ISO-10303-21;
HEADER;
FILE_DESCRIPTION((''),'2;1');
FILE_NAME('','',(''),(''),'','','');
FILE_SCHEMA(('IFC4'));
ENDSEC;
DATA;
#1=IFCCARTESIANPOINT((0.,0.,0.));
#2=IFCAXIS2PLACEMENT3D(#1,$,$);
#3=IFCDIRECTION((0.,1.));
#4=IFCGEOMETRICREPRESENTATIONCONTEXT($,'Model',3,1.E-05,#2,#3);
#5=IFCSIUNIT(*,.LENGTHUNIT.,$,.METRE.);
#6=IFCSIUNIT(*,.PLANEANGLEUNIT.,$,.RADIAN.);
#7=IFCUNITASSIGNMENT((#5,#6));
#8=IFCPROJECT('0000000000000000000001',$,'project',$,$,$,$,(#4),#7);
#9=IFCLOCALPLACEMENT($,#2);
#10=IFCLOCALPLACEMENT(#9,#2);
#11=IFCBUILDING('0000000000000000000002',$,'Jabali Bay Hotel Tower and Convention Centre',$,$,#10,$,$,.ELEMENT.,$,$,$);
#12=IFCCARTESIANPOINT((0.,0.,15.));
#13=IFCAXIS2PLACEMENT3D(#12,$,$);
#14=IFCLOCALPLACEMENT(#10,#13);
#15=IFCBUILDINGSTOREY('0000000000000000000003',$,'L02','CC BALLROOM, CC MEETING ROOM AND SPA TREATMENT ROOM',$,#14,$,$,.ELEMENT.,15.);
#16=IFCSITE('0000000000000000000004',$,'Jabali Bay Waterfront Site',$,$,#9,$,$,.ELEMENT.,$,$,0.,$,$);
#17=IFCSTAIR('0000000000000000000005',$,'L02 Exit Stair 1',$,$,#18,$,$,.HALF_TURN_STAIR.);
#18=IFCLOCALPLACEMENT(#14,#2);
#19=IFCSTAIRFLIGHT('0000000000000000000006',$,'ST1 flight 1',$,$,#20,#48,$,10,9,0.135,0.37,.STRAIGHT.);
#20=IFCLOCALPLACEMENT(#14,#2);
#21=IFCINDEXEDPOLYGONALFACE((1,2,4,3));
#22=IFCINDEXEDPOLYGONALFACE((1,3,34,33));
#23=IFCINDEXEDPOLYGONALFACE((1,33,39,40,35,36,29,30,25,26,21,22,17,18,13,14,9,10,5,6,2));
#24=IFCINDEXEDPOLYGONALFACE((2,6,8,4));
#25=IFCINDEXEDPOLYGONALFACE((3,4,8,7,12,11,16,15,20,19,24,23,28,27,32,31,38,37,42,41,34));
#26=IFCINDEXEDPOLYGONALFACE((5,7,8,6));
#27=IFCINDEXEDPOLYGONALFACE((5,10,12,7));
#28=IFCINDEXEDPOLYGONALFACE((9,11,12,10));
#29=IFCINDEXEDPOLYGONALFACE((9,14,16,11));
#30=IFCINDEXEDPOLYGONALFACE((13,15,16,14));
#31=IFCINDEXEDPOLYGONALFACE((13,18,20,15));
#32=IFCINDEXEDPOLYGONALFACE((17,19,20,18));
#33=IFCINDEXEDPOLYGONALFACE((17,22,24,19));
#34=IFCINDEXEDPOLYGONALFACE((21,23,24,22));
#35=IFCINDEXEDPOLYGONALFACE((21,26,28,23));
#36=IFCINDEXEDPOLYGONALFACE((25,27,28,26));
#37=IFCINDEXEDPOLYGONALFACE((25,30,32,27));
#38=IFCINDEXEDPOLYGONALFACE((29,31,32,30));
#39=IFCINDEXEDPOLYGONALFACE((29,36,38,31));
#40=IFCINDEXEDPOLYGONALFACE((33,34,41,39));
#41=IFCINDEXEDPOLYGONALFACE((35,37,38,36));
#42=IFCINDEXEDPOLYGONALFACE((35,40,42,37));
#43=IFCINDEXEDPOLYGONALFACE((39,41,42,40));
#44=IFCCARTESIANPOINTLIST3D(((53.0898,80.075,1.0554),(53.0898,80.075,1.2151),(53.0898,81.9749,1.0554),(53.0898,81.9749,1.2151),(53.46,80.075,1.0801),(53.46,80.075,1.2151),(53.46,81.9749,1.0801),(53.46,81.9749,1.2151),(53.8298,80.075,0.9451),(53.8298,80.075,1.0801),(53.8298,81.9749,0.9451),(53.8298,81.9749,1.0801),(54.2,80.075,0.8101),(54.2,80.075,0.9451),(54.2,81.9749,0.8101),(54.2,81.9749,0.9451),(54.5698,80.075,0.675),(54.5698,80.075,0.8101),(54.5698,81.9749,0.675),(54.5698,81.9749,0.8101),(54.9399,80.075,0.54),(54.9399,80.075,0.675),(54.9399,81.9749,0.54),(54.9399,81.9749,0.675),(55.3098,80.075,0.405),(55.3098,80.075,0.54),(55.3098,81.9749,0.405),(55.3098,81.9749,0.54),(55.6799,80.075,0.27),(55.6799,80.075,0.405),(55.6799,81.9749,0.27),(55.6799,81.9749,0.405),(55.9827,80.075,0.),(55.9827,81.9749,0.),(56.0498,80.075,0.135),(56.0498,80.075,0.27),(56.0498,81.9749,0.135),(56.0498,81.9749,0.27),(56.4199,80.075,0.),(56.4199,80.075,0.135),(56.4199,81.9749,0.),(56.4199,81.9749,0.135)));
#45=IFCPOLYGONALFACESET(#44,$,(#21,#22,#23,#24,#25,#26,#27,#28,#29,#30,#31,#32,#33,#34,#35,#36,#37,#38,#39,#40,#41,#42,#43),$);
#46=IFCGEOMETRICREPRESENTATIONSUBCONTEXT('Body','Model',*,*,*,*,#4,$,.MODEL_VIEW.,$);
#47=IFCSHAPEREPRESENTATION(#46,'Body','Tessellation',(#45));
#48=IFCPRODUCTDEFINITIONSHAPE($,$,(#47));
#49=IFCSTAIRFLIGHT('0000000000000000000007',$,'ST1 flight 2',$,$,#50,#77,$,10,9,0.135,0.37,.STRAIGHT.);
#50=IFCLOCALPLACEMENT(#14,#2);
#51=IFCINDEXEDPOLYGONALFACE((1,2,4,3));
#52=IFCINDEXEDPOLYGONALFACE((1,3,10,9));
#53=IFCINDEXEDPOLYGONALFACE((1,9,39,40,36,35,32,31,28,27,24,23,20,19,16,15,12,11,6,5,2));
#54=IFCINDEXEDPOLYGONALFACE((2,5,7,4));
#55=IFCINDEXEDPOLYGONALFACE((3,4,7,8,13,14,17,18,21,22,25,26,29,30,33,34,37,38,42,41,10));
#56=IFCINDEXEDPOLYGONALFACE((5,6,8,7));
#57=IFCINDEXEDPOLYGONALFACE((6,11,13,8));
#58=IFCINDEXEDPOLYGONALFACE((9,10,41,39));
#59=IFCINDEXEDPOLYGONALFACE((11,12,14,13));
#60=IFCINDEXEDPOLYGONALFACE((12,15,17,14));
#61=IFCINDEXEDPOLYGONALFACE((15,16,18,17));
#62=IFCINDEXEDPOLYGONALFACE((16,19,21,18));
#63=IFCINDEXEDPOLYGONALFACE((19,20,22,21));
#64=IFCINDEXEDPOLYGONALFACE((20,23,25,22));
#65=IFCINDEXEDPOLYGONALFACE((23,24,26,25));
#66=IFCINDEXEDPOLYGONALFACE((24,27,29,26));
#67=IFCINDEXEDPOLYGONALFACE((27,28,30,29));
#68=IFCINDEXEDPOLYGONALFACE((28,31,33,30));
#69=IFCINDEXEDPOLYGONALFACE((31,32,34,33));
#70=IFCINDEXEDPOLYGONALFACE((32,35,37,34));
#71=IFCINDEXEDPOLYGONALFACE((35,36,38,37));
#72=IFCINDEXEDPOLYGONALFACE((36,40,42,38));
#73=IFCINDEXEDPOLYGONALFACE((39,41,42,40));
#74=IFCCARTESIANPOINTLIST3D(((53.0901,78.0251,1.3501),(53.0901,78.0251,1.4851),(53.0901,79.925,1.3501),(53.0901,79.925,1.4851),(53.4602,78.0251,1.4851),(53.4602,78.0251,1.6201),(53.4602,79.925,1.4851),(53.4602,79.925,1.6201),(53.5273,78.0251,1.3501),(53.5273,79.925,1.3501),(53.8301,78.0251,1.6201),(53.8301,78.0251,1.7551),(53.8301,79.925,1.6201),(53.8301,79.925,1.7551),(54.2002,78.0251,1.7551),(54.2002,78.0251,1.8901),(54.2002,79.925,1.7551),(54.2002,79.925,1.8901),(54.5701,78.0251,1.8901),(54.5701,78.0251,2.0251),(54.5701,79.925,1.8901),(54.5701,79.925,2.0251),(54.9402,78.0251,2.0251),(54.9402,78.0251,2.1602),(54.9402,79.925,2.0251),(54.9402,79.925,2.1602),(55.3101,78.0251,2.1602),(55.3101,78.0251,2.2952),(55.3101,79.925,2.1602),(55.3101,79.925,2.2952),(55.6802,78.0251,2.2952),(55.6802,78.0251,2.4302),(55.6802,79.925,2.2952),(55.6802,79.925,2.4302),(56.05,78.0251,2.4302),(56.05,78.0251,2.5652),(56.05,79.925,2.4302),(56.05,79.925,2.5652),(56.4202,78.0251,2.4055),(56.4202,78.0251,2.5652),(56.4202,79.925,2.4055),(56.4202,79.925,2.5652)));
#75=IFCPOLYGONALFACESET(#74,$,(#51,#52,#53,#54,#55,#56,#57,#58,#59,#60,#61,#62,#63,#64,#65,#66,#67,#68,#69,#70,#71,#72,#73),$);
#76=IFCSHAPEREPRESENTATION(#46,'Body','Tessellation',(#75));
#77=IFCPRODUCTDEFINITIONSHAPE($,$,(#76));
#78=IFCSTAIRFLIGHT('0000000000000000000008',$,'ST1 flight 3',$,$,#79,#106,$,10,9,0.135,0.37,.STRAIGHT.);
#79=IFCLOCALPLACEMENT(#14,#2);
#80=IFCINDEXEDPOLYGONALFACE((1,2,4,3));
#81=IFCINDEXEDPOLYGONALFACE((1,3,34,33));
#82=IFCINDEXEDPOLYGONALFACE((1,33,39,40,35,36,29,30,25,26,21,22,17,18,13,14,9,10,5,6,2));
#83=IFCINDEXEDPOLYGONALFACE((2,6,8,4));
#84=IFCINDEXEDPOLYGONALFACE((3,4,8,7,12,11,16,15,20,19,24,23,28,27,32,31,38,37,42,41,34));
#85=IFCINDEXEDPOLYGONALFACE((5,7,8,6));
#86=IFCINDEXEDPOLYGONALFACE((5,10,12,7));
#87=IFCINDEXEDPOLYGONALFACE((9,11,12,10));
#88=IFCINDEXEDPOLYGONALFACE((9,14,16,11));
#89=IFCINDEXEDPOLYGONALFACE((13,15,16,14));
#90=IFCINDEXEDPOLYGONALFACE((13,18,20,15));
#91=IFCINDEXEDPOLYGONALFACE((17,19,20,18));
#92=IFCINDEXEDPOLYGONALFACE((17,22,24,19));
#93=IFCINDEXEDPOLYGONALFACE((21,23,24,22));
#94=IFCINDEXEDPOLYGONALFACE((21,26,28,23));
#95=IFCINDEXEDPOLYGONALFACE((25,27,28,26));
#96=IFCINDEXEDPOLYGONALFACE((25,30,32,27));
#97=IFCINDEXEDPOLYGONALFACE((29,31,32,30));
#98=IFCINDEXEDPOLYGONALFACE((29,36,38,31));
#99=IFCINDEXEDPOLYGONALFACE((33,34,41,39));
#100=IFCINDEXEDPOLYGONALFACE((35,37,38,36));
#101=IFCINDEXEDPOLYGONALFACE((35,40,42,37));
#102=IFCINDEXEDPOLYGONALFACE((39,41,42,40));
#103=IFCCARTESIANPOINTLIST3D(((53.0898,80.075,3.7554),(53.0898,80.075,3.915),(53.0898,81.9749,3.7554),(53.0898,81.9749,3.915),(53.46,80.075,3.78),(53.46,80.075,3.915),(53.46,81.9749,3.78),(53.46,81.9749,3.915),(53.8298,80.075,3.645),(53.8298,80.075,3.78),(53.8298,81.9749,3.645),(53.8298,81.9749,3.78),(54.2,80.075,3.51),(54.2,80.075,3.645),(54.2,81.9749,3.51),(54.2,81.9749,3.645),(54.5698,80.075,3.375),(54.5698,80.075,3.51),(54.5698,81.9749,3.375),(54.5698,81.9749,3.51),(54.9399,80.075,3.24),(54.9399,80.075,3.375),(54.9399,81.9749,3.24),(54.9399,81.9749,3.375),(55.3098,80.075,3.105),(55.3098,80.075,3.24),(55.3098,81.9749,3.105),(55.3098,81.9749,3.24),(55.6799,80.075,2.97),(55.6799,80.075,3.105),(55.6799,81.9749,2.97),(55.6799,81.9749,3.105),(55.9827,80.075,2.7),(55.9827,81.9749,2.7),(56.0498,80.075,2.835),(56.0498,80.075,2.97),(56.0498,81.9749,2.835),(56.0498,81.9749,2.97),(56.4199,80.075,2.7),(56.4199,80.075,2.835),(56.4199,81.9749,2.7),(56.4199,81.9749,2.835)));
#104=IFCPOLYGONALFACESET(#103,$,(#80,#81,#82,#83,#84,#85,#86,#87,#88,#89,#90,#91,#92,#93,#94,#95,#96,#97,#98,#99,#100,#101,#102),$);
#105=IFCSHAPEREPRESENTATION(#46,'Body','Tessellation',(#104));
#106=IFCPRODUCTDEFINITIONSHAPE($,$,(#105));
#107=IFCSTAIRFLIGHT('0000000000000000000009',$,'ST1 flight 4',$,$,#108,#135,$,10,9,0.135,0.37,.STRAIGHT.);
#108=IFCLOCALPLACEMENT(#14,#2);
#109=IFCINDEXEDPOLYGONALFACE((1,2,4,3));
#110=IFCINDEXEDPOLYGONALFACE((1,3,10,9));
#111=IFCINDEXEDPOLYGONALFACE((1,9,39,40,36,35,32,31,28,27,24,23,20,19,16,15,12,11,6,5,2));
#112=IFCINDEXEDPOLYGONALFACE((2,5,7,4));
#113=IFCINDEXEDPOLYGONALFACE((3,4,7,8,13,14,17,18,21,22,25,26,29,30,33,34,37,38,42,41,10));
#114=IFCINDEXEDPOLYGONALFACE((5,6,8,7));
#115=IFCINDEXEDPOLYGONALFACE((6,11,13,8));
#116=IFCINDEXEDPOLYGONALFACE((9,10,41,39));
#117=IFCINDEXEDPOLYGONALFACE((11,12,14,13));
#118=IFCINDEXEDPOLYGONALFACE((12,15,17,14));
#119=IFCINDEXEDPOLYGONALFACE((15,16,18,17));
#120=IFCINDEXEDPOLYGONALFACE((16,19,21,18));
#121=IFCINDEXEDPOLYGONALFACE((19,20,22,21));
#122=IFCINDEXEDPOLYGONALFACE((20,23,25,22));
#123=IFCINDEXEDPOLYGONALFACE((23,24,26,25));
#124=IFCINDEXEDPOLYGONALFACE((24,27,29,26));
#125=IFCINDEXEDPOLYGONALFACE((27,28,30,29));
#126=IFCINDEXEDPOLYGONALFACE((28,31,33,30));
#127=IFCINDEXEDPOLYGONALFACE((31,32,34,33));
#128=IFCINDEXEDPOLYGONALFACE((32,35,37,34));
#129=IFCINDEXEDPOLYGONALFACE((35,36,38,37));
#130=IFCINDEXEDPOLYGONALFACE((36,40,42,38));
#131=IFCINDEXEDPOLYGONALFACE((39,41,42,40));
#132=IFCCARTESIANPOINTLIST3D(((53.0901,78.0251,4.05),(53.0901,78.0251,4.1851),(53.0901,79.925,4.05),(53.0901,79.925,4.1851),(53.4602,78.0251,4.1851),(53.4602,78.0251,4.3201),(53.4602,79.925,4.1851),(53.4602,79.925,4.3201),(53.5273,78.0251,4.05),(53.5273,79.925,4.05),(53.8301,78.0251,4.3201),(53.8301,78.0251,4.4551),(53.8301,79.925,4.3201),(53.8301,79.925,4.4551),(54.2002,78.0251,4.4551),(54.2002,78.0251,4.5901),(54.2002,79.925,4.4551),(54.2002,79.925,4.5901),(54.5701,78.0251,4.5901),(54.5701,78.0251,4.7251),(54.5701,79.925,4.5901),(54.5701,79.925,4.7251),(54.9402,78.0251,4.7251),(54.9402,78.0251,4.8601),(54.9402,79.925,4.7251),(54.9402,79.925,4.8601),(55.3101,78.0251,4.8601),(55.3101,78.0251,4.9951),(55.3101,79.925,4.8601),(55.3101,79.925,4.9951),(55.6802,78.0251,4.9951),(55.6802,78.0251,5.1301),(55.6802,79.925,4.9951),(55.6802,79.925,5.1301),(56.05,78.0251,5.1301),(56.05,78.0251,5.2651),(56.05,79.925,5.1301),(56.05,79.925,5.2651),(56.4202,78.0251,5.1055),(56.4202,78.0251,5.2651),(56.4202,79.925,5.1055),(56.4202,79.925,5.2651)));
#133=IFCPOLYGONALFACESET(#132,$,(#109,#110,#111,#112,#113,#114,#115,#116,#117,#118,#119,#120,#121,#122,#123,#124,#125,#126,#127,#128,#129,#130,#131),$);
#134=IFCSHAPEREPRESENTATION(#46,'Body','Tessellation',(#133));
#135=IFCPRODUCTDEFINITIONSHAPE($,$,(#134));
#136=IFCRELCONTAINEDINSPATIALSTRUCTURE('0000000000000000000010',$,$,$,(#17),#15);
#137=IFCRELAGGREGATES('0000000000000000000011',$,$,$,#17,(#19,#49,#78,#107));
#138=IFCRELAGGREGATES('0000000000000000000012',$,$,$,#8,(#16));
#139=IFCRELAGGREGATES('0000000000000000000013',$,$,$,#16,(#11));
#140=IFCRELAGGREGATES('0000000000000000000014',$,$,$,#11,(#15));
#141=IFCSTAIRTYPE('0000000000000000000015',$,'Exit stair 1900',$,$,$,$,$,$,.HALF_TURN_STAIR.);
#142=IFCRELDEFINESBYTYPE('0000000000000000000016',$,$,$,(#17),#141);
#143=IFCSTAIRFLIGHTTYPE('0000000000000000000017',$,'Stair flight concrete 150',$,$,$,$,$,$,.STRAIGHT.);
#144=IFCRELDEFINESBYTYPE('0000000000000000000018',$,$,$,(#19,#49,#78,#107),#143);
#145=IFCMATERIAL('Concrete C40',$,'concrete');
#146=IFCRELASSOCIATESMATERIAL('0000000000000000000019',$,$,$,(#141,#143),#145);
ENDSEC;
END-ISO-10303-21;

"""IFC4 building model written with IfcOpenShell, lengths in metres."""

from ifc_helpers import new_model, si_unit, direction, frame, origin, place, context, subcontext, project, spatial, polyline, outline, extrude, material, type_object, element, aggregate, save


model = new_model("IFC4")

# Units and contexts
model_context = context("Model", 3, precision=1e-05, world=origin(), true_north=direction((0.0, 1.0)))
body_context = subcontext(model_context, "Body", "Model", "MODEL_VIEW")
ifc_project = project(units=[si_unit("LENGTHUNIT", "METRE"), si_unit("PLANEANGLEUNIT", "RADIAN")], contexts=[model_context])

# Site, building, storey
site_placement = place(None, origin())
site = spatial("IfcSite", under=ifc_project, at=site_placement, Name="Jabali Bay Waterfront Site", CompositionType="ELEMENT", RefElevation=0.0)
building_placement = place(site_placement, origin())
building = spatial("IfcBuilding", under=site, at=building_placement, Name="Jabali Bay Hotel Tower and Convention Centre", CompositionType="ELEMENT")
storey_placement = place(building_placement, frame((0.0, 0.0, 15.0)))
storey = spatial("IfcBuildingStorey", under=building, at=storey_placement, Name="L02", Description="CC BALLROOM, CC MEETING ROOM AND SPA TREATMENT ROOM", CompositionType="ELEMENT", Elevation=15.0)

# Shared definitions
ifc_material_1 = material(Name="Concrete C40", Category="concrete")

# Stair, stair flights
stair_type = type_object("IfcStairType", Name="Exit stair 1900", PredefinedType="HALF_TURN_STAIR", material=ifc_material_1)
stair_placement = place(storey_placement, origin())
stair = element("IfcStair", 1, at=stair_placement, inside=storey, type_object=stair_type, Name="L02 Exit Stair 1", PredefinedType="HALF_TURN_STAIR")
stair_flight_type = type_object("IfcStairFlightType", Name="Stair flight concrete 150", PredefinedType="STRAIGHT", material=ifc_material_1)
stair_flight_1_placement = place(storey_placement, frame((56.4199, 81.0249, 0.0), z_axis=(0.0, 0.0, 1.0), x_axis=(-1.0, 0.0, 0.0)))
stair_flight_1 = element("IfcStairFlight", 2, at=stair_flight_1_placement, type_object=stair_flight_type, Name="ST1 flight 1", NumberOfRisers=10, NumberOfTreads=9, PredefinedType="STRAIGHT", RiserHeight=0.135, TreadLength=0.37, context=body_context, shape_type="SweptSolid", body=[
    extrude(outline(polyline([(0.0, 0.0), (0.0, 0.135), (0.3701, 0.135), (0.3701, 0.27), (0.74, 0.27), (0.74, 0.405), (1.1101, 0.405), (1.1101, 0.54), (1.48, 0.54), (1.48, 0.675), (1.8501, 0.675), (1.8501, 0.8101), (2.22, 0.8101), (2.22, 0.9451), (2.5901, 0.9451), (2.5901, 1.0801), (2.96, 1.0801), (2.96, 1.2151), (3.3301, 1.2151), (3.3301, 1.3501), (3.3301, 1.0554), (0.4373, 0.0), (0.0, 0.0)])), frame((0.0, 0.95, 0.0), z_axis=(0.0, -1.0, 0.0), x_axis=(1.0, 0.0, 0.0)), (0.0, 0.0, 1.0), 1.8999),
])
stair_flight_2_placement = place(storey_placement, frame((53.0901, 78.9751, 1.3501), z_axis=(0.0, 0.0, 1.0), x_axis=(1.0, 0.0, 0.0)))
stair_flight_2 = element("IfcStairFlight", 3, at=stair_flight_2_placement, type_object=stair_flight_type, Name="ST1 flight 2", NumberOfRisers=10, NumberOfTreads=9, PredefinedType="STRAIGHT", RiserHeight=0.135, TreadLength=0.37, context=body_context, shape_type="SweptSolid", body=[
    extrude(outline(polyline([(0.0, 0.0), (0.0, 0.135), (0.3701, 0.135), (0.3701, 0.27), (0.74, 0.27), (0.74, 0.405), (1.1101, 0.405), (1.1101, 0.54), (1.48, 0.54), (1.48, 0.675), (1.8501, 0.675), (1.8501, 0.8101), (2.22, 0.8101), (2.22, 0.9451), (2.5901, 0.9451), (2.5901, 1.0801), (2.96, 1.0801), (2.96, 1.2151), (3.3301, 1.2151), (3.3301, 1.3501), (3.3301, 1.0554), (0.4373, 0.0), (0.0, 0.0)])), frame((0.0, 0.95, 0.0), z_axis=(0.0, -1.0, 0.0), x_axis=(1.0, 0.0, 0.0)), (0.0, 0.0, 1.0), 1.8999),
])
stair_flight_3_placement = place(storey_placement, frame((56.4199, 81.0249, 2.7), z_axis=(0.0, 0.0, 1.0), x_axis=(-1.0, 0.0, 0.0)))
stair_flight_3 = element("IfcStairFlight", 4, at=stair_flight_3_placement, type_object=stair_flight_type, Name="ST1 flight 3", NumberOfRisers=10, NumberOfTreads=9, PredefinedType="STRAIGHT", RiserHeight=0.135, TreadLength=0.37, context=body_context, shape_type="SweptSolid", body=[
    extrude(outline(polyline([(0.0, 0.0), (0.0, 0.135), (0.3701, 0.135), (0.3701, 0.27), (0.74, 0.27), (0.74, 0.405), (1.1101, 0.405), (1.1101, 0.54), (1.48, 0.54), (1.48, 0.675), (1.8501, 0.675), (1.8501, 0.8101), (2.22, 0.8101), (2.22, 0.9451), (2.5901, 0.9451), (2.5901, 1.0801), (2.96, 1.0801), (2.96, 1.2151), (3.3301, 1.2151), (3.3301, 1.3501), (3.3301, 1.0554), (0.4373, 0.0), (0.0, 0.0)])), frame((0.0, 0.95, 0.0), z_axis=(0.0, -1.0, 0.0), x_axis=(1.0, 0.0, 0.0)), (0.0, 0.0, 1.0), 1.8999),
])
stair_flight_4_placement = place(storey_placement, frame((53.0901, 78.9751, 4.05), z_axis=(0.0, 0.0, 1.0), x_axis=(1.0, 0.0, 0.0)))
stair_flight_4 = element("IfcStairFlight", 5, at=stair_flight_4_placement, type_object=stair_flight_type, Name="ST1 flight 4", NumberOfRisers=10, NumberOfTreads=9, PredefinedType="STRAIGHT", RiserHeight=0.135, TreadLength=0.37, context=body_context, shape_type="SweptSolid", body=[
    extrude(outline(polyline([(0.0, 0.0), (0.0, 0.135), (0.3701, 0.135), (0.3701, 0.27), (0.74, 0.27), (0.74, 0.405), (1.1101, 0.405), (1.1101, 0.54), (1.48, 0.54), (1.48, 0.675), (1.8501, 0.675), (1.8501, 0.8101), (2.22, 0.8101), (2.22, 0.9451), (2.5901, 0.9451), (2.5901, 1.0801), (2.96, 1.0801), (2.96, 1.2151), (3.3301, 1.2151), (3.3301, 1.3501), (3.3301, 1.0554), (0.4373, 0.0), (0.0, 0.0)])), frame((0.0, 0.95, 0.0), z_axis=(0.0, -1.0, 0.0), x_axis=(1.0, 0.0, 0.0)), (0.0, 0.0, 1.0), 1.8999),
])
aggregate(stair, [stair_flight_1, stair_flight_2, stair_flight_3, stair_flight_4])

save(model, "model.ifc")
